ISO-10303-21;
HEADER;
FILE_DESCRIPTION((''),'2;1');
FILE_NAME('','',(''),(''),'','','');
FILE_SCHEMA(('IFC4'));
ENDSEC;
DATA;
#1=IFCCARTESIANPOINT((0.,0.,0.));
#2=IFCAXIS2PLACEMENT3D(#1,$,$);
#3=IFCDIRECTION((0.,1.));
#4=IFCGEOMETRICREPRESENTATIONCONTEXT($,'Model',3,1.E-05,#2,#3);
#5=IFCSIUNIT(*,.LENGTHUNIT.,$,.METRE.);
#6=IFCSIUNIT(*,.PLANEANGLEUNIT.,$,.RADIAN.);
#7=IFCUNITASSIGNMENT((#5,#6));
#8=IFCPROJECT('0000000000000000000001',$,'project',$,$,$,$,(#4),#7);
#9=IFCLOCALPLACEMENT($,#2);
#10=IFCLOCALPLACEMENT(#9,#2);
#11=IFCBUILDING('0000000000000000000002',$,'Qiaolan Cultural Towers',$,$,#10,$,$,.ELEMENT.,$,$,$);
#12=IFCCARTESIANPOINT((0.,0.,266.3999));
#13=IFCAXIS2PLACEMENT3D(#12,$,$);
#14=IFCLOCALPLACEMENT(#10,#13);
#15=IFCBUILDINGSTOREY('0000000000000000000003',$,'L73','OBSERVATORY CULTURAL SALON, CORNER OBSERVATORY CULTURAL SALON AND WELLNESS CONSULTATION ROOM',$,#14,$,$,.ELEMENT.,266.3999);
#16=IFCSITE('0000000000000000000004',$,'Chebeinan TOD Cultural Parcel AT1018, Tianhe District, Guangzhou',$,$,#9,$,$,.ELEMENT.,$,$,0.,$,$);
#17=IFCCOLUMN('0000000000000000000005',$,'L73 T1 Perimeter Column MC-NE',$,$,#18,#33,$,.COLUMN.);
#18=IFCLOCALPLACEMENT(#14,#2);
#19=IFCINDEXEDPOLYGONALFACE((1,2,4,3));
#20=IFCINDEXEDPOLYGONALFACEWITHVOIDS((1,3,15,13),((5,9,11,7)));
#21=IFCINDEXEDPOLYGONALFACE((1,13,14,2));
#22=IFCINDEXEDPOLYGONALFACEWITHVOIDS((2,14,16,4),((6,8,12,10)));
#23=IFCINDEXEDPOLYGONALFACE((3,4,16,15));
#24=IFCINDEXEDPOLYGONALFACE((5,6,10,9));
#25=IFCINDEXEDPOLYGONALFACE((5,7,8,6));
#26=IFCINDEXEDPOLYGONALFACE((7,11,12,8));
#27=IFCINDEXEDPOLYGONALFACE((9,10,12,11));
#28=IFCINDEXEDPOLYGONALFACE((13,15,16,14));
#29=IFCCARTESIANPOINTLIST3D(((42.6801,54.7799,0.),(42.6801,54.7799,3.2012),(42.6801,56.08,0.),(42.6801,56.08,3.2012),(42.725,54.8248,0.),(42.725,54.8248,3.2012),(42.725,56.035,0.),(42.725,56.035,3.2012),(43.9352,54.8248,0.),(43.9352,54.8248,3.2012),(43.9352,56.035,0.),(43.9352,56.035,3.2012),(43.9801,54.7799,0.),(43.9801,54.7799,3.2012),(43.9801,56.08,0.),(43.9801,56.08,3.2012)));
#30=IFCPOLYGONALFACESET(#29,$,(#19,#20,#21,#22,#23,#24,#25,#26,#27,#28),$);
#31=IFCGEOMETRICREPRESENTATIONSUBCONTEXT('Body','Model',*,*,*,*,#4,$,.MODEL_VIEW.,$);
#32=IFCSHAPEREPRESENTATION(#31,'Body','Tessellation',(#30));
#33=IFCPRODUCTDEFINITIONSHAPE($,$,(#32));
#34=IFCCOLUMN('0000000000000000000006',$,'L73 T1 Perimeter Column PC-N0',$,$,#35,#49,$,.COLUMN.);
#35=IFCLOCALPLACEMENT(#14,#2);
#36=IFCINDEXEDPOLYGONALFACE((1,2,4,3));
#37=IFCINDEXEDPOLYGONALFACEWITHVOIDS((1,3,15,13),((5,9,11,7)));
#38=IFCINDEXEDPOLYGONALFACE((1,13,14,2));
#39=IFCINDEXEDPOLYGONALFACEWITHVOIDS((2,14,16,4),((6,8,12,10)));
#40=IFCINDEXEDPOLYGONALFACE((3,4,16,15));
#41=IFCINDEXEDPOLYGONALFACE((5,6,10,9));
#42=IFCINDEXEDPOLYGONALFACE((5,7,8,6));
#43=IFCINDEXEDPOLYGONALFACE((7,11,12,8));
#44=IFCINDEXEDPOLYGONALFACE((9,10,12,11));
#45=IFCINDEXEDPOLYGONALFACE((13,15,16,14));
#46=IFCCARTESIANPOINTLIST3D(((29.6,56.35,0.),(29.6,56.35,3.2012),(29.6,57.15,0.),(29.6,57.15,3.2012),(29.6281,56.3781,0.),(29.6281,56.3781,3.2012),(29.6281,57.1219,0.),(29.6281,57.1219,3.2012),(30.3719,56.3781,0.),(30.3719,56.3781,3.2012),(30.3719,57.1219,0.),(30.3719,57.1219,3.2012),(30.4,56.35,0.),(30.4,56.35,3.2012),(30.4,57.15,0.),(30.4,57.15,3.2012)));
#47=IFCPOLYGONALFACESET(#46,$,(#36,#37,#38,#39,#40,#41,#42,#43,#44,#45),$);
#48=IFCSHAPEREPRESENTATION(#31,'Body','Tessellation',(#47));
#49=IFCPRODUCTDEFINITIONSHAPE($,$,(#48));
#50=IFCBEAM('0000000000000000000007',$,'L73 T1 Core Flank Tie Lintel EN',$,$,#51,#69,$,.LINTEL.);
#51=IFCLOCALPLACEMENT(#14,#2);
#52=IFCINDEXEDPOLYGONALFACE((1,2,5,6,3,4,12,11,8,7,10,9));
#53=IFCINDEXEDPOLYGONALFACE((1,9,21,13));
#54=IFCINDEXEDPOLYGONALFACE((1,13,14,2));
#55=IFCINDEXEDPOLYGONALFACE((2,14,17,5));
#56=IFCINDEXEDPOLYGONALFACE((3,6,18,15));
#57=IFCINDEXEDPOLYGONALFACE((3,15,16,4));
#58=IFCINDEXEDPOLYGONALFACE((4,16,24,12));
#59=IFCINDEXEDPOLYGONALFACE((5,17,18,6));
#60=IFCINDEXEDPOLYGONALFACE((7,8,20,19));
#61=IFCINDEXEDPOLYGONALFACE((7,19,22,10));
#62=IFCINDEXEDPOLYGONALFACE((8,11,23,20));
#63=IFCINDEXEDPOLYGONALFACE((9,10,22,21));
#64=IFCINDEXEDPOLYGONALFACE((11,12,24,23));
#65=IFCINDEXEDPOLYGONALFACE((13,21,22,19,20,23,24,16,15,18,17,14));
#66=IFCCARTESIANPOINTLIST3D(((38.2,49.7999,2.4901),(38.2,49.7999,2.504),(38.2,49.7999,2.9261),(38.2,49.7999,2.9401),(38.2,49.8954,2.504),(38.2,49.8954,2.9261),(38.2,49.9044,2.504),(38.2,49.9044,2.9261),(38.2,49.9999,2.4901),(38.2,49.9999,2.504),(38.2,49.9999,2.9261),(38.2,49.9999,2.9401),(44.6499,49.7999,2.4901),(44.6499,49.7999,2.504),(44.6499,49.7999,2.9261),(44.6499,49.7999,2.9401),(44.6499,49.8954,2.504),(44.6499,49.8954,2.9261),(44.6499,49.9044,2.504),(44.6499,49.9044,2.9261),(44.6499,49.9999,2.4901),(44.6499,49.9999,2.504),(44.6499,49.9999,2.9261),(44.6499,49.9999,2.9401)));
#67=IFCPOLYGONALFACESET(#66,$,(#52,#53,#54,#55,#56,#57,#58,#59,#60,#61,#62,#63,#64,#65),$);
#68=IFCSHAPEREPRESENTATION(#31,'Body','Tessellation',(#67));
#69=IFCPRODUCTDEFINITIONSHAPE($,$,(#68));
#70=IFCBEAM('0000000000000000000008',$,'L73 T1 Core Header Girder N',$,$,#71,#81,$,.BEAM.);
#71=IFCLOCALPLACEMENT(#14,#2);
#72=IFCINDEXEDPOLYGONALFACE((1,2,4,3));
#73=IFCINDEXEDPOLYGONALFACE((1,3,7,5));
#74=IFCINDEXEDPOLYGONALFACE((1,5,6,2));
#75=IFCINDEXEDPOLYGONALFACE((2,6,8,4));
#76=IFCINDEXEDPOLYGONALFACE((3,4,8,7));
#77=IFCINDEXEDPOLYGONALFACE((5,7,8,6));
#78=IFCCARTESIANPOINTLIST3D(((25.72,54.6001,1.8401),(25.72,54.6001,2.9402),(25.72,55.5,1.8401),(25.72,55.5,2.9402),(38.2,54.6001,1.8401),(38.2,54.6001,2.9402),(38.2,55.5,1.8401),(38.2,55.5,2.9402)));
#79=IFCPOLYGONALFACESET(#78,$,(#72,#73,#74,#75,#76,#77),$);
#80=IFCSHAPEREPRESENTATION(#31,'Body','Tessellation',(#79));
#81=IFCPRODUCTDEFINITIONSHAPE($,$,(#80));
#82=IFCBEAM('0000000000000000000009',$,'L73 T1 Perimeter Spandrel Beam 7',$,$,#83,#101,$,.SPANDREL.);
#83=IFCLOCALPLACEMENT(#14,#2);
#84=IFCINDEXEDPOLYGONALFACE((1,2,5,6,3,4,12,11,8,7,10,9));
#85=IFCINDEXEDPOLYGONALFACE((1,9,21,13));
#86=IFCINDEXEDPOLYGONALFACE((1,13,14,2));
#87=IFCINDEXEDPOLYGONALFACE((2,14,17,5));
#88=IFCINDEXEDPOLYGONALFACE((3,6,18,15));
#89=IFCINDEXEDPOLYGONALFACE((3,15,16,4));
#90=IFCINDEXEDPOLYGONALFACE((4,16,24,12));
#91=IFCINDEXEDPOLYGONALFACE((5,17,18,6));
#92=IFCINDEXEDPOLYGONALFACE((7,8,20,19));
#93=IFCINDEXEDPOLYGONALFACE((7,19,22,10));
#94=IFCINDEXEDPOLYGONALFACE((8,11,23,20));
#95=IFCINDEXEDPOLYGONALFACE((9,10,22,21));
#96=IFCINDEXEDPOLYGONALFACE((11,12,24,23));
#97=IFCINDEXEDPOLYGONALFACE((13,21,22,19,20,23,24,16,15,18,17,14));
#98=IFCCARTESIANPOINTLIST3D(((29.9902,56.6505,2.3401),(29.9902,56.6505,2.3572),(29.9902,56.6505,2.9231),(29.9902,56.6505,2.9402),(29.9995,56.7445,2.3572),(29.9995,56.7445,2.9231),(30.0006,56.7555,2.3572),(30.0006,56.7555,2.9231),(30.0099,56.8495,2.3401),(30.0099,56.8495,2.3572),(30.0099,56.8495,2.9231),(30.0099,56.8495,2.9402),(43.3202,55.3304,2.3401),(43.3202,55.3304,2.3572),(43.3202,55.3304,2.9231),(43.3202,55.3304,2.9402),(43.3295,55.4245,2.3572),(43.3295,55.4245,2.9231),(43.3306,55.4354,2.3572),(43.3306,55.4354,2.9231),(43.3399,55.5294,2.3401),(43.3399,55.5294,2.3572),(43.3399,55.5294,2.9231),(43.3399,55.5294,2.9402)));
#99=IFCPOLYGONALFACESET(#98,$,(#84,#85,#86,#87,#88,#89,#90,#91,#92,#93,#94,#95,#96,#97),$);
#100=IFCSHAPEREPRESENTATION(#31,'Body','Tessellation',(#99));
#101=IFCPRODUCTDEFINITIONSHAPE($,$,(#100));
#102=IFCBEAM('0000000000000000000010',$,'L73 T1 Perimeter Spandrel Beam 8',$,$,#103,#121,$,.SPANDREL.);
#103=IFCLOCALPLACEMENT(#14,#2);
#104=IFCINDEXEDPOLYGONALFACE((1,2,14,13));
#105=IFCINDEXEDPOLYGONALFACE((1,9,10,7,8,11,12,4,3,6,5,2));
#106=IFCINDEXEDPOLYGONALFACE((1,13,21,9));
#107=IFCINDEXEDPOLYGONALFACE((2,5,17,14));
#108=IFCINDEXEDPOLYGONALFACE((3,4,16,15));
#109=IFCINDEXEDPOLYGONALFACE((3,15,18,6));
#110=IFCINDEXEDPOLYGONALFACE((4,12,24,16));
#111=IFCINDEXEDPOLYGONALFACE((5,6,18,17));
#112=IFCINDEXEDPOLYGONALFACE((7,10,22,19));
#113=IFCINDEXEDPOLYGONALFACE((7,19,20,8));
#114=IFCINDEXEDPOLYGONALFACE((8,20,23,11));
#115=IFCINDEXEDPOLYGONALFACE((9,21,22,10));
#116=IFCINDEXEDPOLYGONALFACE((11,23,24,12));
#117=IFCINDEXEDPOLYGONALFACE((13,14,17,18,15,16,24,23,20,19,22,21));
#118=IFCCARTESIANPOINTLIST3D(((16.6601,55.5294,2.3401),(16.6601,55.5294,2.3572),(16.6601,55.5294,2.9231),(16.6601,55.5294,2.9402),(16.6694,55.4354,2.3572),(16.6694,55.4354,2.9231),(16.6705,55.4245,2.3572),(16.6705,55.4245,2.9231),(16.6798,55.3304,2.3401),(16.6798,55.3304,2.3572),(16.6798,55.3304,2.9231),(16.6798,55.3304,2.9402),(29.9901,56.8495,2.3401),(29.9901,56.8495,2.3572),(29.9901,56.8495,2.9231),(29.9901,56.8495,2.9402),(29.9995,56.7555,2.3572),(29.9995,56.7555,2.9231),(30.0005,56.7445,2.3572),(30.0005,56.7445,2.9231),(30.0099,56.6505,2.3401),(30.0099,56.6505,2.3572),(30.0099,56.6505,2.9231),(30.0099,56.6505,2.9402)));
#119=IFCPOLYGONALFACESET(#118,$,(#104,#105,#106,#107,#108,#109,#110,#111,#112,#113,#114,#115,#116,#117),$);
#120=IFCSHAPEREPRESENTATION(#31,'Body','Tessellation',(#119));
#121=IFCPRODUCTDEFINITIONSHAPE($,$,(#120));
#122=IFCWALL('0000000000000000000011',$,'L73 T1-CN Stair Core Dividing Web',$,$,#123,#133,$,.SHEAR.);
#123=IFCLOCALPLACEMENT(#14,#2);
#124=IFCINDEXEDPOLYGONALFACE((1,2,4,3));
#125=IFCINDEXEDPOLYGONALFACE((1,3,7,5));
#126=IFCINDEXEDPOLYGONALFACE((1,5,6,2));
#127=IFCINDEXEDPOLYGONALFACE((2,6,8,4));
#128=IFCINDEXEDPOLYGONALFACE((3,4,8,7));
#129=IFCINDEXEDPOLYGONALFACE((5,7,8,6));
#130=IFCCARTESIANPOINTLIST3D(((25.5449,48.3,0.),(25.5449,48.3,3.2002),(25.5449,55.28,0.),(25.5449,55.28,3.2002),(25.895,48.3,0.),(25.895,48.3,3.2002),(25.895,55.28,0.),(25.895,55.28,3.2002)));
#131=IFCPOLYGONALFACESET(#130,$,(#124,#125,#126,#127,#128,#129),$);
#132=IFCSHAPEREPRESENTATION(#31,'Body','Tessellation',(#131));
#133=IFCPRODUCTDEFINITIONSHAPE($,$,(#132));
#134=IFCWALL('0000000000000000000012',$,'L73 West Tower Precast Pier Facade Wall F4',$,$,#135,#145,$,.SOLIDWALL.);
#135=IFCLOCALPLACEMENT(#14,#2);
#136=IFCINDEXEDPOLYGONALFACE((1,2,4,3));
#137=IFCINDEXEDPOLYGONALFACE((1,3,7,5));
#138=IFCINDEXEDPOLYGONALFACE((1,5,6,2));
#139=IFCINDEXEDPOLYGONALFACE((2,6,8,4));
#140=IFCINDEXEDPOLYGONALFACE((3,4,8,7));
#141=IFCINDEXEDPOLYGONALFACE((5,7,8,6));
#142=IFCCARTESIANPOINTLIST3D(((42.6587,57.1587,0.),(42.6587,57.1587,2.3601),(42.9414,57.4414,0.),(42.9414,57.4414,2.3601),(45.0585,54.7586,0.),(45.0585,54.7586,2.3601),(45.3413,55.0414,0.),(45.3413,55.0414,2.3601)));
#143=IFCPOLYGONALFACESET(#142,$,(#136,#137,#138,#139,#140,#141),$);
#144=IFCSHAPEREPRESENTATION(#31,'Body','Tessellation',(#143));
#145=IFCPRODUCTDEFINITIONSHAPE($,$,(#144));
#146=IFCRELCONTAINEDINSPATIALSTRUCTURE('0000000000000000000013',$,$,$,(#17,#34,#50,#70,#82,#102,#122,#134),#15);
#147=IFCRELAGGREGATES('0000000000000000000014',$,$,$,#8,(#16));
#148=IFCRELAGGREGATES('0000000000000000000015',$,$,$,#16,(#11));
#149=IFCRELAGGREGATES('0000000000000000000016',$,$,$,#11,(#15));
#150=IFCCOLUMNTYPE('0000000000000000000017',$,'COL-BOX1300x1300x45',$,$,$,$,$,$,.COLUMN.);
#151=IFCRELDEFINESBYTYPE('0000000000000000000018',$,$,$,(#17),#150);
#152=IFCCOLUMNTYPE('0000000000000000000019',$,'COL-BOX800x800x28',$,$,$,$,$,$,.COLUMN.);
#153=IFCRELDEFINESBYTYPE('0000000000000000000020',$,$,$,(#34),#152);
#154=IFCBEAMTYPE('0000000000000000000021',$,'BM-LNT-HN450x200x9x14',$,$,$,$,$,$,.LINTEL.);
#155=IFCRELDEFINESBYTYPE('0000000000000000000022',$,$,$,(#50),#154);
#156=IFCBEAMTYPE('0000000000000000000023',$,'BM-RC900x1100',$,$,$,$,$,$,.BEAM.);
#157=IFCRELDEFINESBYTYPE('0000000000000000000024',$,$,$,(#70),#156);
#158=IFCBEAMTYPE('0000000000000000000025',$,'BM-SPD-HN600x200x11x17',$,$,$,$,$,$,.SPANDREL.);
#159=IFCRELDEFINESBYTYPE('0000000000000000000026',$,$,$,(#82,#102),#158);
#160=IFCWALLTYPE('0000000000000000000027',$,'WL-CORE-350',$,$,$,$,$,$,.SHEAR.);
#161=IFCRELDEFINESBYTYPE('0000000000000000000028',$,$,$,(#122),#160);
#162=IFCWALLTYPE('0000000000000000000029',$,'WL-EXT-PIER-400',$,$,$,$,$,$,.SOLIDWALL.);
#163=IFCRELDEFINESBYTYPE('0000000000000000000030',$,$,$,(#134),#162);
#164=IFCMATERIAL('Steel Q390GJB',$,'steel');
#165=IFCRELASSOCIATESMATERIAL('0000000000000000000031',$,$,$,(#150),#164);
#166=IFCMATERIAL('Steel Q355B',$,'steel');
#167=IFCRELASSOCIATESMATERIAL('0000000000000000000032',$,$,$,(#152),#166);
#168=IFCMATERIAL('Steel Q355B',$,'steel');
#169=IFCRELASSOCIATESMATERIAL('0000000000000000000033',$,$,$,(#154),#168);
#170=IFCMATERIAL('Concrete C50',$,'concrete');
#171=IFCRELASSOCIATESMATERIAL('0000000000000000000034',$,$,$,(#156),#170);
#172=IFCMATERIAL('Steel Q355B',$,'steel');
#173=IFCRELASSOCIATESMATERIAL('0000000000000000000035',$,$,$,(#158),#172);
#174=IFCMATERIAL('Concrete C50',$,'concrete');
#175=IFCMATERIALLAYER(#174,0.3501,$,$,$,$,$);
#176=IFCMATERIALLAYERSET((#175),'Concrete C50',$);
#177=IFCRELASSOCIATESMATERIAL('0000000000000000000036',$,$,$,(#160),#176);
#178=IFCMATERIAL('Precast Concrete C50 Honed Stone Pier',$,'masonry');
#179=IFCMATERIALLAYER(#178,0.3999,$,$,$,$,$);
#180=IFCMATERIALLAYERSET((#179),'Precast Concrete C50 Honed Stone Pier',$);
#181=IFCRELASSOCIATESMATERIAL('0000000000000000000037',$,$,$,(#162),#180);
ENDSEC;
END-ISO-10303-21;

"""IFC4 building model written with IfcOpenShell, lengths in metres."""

from ifc_helpers import new_model, si_unit, direction, frame, frame_2d, origin, origin_2d, place, context, subcontext, project, spatial, rectangle, hollow_rectangle, i_section, extrude, material, layer, layer_set, material_profile, profile_set, type_object, element, save


model = new_model("IFC4")

# Units and contexts
model_context = context("Model", 3, precision=1e-05, world=origin(), true_north=direction((0.0, 1.0)))
body_context = subcontext(model_context, "Body", "Model", "MODEL_VIEW")
ifc_project = project(units=[si_unit("LENGTHUNIT", "METRE"), si_unit("PLANEANGLEUNIT", "RADIAN")], contexts=[model_context])

# Site, building, storey
site_placement = place(None, origin())
site = spatial("IfcSite", under=ifc_project, at=site_placement, Name="Chebeinan TOD Cultural Parcel AT1018, Tianhe District, Guangzhou", CompositionType="ELEMENT", RefElevation=0.0)
building_placement = place(site_placement, origin())
building = spatial("IfcBuilding", under=site, at=building_placement, Name="Qiaolan Cultural Towers", CompositionType="ELEMENT")
storey_placement = place(building_placement, frame((0.0, 0.0, 266.3999)))
storey = spatial("IfcBuildingStorey", under=building, at=storey_placement, Name="L73", Description="OBSERVATORY CULTURAL SALON, CORNER OBSERVATORY CULTURAL SALON AND WELLNESS CONSULTATION ROOM", CompositionType="ELEMENT", Elevation=266.3999)

# Columns
ifc_material_1 = material(Name="Steel Q390GJB", Category="steel")
ifc_material_profile_1 = material_profile(ifc_material_1, hollow_rectangle(XDim=1.3, YDim=1.3, WallThickness=0.0449, at=origin_2d()), Name="BOX1300x1300x45")
ifc_profile_set_1 = profile_set([ifc_material_profile_1], Name="Steel Q390GJB")
column_type_1 = type_object("IfcColumnType", Name="COL-BOX1300x1300x45", PredefinedType="COLUMN", material=ifc_profile_set_1)
column_1_placement = place(storey_placement, frame((43.3301, 55.4299, 0.0), z_axis=(0.0, 0.0, 1.0), x_axis=(1.0, 0.0, 0.0)))
element("IfcColumn", 1, at=column_1_placement, inside=storey, type_object=column_type_1, Name="L73 T1 Perimeter Column MC-NE", PredefinedType="COLUMN", context=body_context, shape_type="SweptSolid", body=[
    extrude(hollow_rectangle(XDim=1.3, YDim=1.3, WallThickness=0.0449, at=origin_2d()), origin(), (0.0, 0.0, 1.0), 3.2012),
])
ifc_material_2 = material(Name="Steel Q355B", Category="steel")
ifc_material_profile_2 = material_profile(ifc_material_2, hollow_rectangle(XDim=0.8, YDim=0.8, WallThickness=0.0281, at=origin_2d()), Name="BOX800x800x28")
ifc_profile_set_2 = profile_set([ifc_material_profile_2], Name="Steel Q355B")
column_type_2 = type_object("IfcColumnType", Name="COL-BOX800x800x28", PredefinedType="COLUMN", material=ifc_profile_set_2)
column_2_placement = place(storey_placement, frame((30.0, 56.75, 0.0), z_axis=(0.0, 0.0, 1.0), x_axis=(1.0, 0.0, 0.0)))
element("IfcColumn", 2, at=column_2_placement, inside=storey, type_object=column_type_2, Name="L73 T1 Perimeter Column PC-N0", PredefinedType="COLUMN", context=body_context, shape_type="SweptSolid", body=[
    extrude(hollow_rectangle(XDim=0.8, YDim=0.8, WallThickness=0.0281, at=origin_2d()), origin(), (0.0, 0.0, 1.0), 3.2012),
])

# Beams
ifc_material_3 = material(Name="Steel Q355B", Category="steel")
ifc_material_profile_3 = material_profile(ifc_material_3, i_section(OverallWidth=0.2, OverallDepth=0.45, WebThickness=0.009, FlangeThickness=0.0139, at=origin_2d()), Name="HN450x200x9x14")
ifc_profile_set_3 = profile_set([ifc_material_profile_3], Name="Steel Q355B")
beam_type_1 = type_object("IfcBeamType", Name="BM-LNT-HN450x200x9x14", PredefinedType="LINTEL", material=ifc_profile_set_3)
beam_1_placement = place(storey_placement, frame((38.2, 49.8999, 2.7151), z_axis=(1.0, 0.0, 0.0), x_axis=(0.0, 1.0, 0.0)))
element("IfcBeam", 3, at=beam_1_placement, inside=storey, type_object=beam_type_1, Name="L73 T1 Core Flank Tie Lintel EN", PredefinedType="LINTEL", context=body_context, shape_type="SweptSolid", body=[
    extrude(i_section(OverallWidth=0.2, OverallDepth=0.45, WebThickness=0.009, FlangeThickness=0.0139, at=origin_2d()), origin(), (0.0, 0.0, 1.0), 6.45),
])
ifc_material_4 = material(Name="Concrete C50", Category="concrete")
ifc_material_profile_4 = material_profile(ifc_material_4, rectangle(XDim=0.8999, YDim=1.1001, at=origin_2d()), Name="RC900x1100")
ifc_profile_set_4 = profile_set([ifc_material_profile_4], Name="Concrete C50")
beam_type_2 = type_object("IfcBeamType", Name="BM-RC900x1100", PredefinedType="BEAM", material=ifc_profile_set_4)
beam_2_placement = place(storey_placement, frame((25.72, 55.05, 2.3901), z_axis=(1.0, 0.0, 0.0), x_axis=(0.0, 1.0, 0.0)))
element("IfcBeam", 4, at=beam_2_placement, inside=storey, type_object=beam_type_2, Name="L73 T1 Core Header Girder N", PredefinedType="BEAM", context=body_context, shape_type="SweptSolid", body=[
    extrude(rectangle(XDim=0.8999, YDim=1.1001, at=origin_2d()), origin(), (0.0, 0.0, 1.0), 12.48),
])
ifc_material_5 = material(Name="Steel Q355B", Category="steel")
ifc_material_profile_5 = material_profile(ifc_material_5, i_section(OverallWidth=0.2, OverallDepth=0.6001, WebThickness=0.011, FlangeThickness=0.0171, at=origin_2d()), Name="HN600x200x11x17")
ifc_profile_set_5 = profile_set([ifc_material_profile_5], Name="Steel Q355B")
beam_type_3 = type_object("IfcBeamType", Name="BM-SPD-HN600x200x11x17", PredefinedType="SPANDREL", material=ifc_profile_set_5)
for number, where, z_axis, x_axis, name in (
    (5, (43.3301, 55.4299, 2.6401), (-0.995132, 0.098547, 0.0), (-0.098547, -0.995132, 0.0), "L73 T1 Perimeter Spandrel Beam 7"),
    (6, (30.0, 56.75, 2.6401), (-0.995132, -0.098547, 0.0), (0.098547, -0.995132, 0.0), "L73 T1 Perimeter Spandrel Beam 8"),
):
    element("IfcBeam", number, at=place(storey_placement, frame(where, z_axis=z_axis, x_axis=x_axis)), inside=storey, type_object=beam_type_3, Name=name, PredefinedType="SPANDREL", context=body_context, shape_type="SweptSolid", body=[
        extrude(i_section(OverallWidth=0.2, OverallDepth=0.6001, WebThickness=0.011, FlangeThickness=0.0171, at=origin_2d()), origin(), (0.0, 0.0, 1.0), 13.3953),
    ])

# Walls
ifc_material_6 = material(Name="Concrete C50", Category="concrete")
ifc_layer_1 = layer(ifc_material_6, 0.3501)
ifc_layer_set_1 = layer_set([ifc_layer_1], Name="Concrete C50")
wall_type_1 = type_object("IfcWallType", Name="WL-CORE-350", PredefinedType="SHEAR", material=ifc_layer_set_1)
wall_1_placement = place(storey_placement, frame((25.72, 48.3, 0.0), z_axis=(0.0, 0.0, 1.0), x_axis=(0.0, 1.0, 0.0)))
element("IfcWall", 7, at=wall_1_placement, inside=storey, type_object=wall_type_1, Name="L73 T1-CN Stair Core Dividing Web", PredefinedType="SHEAR", context=body_context, shape_type="SweptSolid", body=[
    extrude(rectangle(XDim=6.98, YDim=0.3501, at=frame_2d((3.49, 0.0))), origin(), (0.0, 0.0, 1.0), 3.2002),
])
ifc_material_7 = material(Name="Precast Concrete C50 Honed Stone Pier", Category="masonry")
ifc_layer_2 = layer(ifc_material_7, 0.3999)
ifc_layer_set_2 = layer_set([ifc_layer_2], Name="Precast Concrete C50 Honed Stone Pier")
wall_type_2 = type_object("IfcWallType", Name="WL-EXT-PIER-400", PredefinedType="SOLIDWALL", material=ifc_layer_set_2)
wall_2_placement = place(storey_placement, frame((42.8, 57.3, 0.0), z_axis=(0.0, 0.0, 1.0), x_axis=(0.707071, -0.707143, 0.0)))
element("IfcWall", 8, at=wall_2_placement, inside=storey, type_object=wall_type_2, Name="L73 West Tower Precast Pier Facade Wall F4", PredefinedType="SOLIDWALL", context=body_context, shape_type="SweptSolid", body=[
    extrude(rectangle(XDim=3.394, YDim=0.3999, at=frame_2d((1.697, 0.0))), origin(), (0.0, 0.0, 1.0), 2.3601),
])

save(model, "model.ifc")
